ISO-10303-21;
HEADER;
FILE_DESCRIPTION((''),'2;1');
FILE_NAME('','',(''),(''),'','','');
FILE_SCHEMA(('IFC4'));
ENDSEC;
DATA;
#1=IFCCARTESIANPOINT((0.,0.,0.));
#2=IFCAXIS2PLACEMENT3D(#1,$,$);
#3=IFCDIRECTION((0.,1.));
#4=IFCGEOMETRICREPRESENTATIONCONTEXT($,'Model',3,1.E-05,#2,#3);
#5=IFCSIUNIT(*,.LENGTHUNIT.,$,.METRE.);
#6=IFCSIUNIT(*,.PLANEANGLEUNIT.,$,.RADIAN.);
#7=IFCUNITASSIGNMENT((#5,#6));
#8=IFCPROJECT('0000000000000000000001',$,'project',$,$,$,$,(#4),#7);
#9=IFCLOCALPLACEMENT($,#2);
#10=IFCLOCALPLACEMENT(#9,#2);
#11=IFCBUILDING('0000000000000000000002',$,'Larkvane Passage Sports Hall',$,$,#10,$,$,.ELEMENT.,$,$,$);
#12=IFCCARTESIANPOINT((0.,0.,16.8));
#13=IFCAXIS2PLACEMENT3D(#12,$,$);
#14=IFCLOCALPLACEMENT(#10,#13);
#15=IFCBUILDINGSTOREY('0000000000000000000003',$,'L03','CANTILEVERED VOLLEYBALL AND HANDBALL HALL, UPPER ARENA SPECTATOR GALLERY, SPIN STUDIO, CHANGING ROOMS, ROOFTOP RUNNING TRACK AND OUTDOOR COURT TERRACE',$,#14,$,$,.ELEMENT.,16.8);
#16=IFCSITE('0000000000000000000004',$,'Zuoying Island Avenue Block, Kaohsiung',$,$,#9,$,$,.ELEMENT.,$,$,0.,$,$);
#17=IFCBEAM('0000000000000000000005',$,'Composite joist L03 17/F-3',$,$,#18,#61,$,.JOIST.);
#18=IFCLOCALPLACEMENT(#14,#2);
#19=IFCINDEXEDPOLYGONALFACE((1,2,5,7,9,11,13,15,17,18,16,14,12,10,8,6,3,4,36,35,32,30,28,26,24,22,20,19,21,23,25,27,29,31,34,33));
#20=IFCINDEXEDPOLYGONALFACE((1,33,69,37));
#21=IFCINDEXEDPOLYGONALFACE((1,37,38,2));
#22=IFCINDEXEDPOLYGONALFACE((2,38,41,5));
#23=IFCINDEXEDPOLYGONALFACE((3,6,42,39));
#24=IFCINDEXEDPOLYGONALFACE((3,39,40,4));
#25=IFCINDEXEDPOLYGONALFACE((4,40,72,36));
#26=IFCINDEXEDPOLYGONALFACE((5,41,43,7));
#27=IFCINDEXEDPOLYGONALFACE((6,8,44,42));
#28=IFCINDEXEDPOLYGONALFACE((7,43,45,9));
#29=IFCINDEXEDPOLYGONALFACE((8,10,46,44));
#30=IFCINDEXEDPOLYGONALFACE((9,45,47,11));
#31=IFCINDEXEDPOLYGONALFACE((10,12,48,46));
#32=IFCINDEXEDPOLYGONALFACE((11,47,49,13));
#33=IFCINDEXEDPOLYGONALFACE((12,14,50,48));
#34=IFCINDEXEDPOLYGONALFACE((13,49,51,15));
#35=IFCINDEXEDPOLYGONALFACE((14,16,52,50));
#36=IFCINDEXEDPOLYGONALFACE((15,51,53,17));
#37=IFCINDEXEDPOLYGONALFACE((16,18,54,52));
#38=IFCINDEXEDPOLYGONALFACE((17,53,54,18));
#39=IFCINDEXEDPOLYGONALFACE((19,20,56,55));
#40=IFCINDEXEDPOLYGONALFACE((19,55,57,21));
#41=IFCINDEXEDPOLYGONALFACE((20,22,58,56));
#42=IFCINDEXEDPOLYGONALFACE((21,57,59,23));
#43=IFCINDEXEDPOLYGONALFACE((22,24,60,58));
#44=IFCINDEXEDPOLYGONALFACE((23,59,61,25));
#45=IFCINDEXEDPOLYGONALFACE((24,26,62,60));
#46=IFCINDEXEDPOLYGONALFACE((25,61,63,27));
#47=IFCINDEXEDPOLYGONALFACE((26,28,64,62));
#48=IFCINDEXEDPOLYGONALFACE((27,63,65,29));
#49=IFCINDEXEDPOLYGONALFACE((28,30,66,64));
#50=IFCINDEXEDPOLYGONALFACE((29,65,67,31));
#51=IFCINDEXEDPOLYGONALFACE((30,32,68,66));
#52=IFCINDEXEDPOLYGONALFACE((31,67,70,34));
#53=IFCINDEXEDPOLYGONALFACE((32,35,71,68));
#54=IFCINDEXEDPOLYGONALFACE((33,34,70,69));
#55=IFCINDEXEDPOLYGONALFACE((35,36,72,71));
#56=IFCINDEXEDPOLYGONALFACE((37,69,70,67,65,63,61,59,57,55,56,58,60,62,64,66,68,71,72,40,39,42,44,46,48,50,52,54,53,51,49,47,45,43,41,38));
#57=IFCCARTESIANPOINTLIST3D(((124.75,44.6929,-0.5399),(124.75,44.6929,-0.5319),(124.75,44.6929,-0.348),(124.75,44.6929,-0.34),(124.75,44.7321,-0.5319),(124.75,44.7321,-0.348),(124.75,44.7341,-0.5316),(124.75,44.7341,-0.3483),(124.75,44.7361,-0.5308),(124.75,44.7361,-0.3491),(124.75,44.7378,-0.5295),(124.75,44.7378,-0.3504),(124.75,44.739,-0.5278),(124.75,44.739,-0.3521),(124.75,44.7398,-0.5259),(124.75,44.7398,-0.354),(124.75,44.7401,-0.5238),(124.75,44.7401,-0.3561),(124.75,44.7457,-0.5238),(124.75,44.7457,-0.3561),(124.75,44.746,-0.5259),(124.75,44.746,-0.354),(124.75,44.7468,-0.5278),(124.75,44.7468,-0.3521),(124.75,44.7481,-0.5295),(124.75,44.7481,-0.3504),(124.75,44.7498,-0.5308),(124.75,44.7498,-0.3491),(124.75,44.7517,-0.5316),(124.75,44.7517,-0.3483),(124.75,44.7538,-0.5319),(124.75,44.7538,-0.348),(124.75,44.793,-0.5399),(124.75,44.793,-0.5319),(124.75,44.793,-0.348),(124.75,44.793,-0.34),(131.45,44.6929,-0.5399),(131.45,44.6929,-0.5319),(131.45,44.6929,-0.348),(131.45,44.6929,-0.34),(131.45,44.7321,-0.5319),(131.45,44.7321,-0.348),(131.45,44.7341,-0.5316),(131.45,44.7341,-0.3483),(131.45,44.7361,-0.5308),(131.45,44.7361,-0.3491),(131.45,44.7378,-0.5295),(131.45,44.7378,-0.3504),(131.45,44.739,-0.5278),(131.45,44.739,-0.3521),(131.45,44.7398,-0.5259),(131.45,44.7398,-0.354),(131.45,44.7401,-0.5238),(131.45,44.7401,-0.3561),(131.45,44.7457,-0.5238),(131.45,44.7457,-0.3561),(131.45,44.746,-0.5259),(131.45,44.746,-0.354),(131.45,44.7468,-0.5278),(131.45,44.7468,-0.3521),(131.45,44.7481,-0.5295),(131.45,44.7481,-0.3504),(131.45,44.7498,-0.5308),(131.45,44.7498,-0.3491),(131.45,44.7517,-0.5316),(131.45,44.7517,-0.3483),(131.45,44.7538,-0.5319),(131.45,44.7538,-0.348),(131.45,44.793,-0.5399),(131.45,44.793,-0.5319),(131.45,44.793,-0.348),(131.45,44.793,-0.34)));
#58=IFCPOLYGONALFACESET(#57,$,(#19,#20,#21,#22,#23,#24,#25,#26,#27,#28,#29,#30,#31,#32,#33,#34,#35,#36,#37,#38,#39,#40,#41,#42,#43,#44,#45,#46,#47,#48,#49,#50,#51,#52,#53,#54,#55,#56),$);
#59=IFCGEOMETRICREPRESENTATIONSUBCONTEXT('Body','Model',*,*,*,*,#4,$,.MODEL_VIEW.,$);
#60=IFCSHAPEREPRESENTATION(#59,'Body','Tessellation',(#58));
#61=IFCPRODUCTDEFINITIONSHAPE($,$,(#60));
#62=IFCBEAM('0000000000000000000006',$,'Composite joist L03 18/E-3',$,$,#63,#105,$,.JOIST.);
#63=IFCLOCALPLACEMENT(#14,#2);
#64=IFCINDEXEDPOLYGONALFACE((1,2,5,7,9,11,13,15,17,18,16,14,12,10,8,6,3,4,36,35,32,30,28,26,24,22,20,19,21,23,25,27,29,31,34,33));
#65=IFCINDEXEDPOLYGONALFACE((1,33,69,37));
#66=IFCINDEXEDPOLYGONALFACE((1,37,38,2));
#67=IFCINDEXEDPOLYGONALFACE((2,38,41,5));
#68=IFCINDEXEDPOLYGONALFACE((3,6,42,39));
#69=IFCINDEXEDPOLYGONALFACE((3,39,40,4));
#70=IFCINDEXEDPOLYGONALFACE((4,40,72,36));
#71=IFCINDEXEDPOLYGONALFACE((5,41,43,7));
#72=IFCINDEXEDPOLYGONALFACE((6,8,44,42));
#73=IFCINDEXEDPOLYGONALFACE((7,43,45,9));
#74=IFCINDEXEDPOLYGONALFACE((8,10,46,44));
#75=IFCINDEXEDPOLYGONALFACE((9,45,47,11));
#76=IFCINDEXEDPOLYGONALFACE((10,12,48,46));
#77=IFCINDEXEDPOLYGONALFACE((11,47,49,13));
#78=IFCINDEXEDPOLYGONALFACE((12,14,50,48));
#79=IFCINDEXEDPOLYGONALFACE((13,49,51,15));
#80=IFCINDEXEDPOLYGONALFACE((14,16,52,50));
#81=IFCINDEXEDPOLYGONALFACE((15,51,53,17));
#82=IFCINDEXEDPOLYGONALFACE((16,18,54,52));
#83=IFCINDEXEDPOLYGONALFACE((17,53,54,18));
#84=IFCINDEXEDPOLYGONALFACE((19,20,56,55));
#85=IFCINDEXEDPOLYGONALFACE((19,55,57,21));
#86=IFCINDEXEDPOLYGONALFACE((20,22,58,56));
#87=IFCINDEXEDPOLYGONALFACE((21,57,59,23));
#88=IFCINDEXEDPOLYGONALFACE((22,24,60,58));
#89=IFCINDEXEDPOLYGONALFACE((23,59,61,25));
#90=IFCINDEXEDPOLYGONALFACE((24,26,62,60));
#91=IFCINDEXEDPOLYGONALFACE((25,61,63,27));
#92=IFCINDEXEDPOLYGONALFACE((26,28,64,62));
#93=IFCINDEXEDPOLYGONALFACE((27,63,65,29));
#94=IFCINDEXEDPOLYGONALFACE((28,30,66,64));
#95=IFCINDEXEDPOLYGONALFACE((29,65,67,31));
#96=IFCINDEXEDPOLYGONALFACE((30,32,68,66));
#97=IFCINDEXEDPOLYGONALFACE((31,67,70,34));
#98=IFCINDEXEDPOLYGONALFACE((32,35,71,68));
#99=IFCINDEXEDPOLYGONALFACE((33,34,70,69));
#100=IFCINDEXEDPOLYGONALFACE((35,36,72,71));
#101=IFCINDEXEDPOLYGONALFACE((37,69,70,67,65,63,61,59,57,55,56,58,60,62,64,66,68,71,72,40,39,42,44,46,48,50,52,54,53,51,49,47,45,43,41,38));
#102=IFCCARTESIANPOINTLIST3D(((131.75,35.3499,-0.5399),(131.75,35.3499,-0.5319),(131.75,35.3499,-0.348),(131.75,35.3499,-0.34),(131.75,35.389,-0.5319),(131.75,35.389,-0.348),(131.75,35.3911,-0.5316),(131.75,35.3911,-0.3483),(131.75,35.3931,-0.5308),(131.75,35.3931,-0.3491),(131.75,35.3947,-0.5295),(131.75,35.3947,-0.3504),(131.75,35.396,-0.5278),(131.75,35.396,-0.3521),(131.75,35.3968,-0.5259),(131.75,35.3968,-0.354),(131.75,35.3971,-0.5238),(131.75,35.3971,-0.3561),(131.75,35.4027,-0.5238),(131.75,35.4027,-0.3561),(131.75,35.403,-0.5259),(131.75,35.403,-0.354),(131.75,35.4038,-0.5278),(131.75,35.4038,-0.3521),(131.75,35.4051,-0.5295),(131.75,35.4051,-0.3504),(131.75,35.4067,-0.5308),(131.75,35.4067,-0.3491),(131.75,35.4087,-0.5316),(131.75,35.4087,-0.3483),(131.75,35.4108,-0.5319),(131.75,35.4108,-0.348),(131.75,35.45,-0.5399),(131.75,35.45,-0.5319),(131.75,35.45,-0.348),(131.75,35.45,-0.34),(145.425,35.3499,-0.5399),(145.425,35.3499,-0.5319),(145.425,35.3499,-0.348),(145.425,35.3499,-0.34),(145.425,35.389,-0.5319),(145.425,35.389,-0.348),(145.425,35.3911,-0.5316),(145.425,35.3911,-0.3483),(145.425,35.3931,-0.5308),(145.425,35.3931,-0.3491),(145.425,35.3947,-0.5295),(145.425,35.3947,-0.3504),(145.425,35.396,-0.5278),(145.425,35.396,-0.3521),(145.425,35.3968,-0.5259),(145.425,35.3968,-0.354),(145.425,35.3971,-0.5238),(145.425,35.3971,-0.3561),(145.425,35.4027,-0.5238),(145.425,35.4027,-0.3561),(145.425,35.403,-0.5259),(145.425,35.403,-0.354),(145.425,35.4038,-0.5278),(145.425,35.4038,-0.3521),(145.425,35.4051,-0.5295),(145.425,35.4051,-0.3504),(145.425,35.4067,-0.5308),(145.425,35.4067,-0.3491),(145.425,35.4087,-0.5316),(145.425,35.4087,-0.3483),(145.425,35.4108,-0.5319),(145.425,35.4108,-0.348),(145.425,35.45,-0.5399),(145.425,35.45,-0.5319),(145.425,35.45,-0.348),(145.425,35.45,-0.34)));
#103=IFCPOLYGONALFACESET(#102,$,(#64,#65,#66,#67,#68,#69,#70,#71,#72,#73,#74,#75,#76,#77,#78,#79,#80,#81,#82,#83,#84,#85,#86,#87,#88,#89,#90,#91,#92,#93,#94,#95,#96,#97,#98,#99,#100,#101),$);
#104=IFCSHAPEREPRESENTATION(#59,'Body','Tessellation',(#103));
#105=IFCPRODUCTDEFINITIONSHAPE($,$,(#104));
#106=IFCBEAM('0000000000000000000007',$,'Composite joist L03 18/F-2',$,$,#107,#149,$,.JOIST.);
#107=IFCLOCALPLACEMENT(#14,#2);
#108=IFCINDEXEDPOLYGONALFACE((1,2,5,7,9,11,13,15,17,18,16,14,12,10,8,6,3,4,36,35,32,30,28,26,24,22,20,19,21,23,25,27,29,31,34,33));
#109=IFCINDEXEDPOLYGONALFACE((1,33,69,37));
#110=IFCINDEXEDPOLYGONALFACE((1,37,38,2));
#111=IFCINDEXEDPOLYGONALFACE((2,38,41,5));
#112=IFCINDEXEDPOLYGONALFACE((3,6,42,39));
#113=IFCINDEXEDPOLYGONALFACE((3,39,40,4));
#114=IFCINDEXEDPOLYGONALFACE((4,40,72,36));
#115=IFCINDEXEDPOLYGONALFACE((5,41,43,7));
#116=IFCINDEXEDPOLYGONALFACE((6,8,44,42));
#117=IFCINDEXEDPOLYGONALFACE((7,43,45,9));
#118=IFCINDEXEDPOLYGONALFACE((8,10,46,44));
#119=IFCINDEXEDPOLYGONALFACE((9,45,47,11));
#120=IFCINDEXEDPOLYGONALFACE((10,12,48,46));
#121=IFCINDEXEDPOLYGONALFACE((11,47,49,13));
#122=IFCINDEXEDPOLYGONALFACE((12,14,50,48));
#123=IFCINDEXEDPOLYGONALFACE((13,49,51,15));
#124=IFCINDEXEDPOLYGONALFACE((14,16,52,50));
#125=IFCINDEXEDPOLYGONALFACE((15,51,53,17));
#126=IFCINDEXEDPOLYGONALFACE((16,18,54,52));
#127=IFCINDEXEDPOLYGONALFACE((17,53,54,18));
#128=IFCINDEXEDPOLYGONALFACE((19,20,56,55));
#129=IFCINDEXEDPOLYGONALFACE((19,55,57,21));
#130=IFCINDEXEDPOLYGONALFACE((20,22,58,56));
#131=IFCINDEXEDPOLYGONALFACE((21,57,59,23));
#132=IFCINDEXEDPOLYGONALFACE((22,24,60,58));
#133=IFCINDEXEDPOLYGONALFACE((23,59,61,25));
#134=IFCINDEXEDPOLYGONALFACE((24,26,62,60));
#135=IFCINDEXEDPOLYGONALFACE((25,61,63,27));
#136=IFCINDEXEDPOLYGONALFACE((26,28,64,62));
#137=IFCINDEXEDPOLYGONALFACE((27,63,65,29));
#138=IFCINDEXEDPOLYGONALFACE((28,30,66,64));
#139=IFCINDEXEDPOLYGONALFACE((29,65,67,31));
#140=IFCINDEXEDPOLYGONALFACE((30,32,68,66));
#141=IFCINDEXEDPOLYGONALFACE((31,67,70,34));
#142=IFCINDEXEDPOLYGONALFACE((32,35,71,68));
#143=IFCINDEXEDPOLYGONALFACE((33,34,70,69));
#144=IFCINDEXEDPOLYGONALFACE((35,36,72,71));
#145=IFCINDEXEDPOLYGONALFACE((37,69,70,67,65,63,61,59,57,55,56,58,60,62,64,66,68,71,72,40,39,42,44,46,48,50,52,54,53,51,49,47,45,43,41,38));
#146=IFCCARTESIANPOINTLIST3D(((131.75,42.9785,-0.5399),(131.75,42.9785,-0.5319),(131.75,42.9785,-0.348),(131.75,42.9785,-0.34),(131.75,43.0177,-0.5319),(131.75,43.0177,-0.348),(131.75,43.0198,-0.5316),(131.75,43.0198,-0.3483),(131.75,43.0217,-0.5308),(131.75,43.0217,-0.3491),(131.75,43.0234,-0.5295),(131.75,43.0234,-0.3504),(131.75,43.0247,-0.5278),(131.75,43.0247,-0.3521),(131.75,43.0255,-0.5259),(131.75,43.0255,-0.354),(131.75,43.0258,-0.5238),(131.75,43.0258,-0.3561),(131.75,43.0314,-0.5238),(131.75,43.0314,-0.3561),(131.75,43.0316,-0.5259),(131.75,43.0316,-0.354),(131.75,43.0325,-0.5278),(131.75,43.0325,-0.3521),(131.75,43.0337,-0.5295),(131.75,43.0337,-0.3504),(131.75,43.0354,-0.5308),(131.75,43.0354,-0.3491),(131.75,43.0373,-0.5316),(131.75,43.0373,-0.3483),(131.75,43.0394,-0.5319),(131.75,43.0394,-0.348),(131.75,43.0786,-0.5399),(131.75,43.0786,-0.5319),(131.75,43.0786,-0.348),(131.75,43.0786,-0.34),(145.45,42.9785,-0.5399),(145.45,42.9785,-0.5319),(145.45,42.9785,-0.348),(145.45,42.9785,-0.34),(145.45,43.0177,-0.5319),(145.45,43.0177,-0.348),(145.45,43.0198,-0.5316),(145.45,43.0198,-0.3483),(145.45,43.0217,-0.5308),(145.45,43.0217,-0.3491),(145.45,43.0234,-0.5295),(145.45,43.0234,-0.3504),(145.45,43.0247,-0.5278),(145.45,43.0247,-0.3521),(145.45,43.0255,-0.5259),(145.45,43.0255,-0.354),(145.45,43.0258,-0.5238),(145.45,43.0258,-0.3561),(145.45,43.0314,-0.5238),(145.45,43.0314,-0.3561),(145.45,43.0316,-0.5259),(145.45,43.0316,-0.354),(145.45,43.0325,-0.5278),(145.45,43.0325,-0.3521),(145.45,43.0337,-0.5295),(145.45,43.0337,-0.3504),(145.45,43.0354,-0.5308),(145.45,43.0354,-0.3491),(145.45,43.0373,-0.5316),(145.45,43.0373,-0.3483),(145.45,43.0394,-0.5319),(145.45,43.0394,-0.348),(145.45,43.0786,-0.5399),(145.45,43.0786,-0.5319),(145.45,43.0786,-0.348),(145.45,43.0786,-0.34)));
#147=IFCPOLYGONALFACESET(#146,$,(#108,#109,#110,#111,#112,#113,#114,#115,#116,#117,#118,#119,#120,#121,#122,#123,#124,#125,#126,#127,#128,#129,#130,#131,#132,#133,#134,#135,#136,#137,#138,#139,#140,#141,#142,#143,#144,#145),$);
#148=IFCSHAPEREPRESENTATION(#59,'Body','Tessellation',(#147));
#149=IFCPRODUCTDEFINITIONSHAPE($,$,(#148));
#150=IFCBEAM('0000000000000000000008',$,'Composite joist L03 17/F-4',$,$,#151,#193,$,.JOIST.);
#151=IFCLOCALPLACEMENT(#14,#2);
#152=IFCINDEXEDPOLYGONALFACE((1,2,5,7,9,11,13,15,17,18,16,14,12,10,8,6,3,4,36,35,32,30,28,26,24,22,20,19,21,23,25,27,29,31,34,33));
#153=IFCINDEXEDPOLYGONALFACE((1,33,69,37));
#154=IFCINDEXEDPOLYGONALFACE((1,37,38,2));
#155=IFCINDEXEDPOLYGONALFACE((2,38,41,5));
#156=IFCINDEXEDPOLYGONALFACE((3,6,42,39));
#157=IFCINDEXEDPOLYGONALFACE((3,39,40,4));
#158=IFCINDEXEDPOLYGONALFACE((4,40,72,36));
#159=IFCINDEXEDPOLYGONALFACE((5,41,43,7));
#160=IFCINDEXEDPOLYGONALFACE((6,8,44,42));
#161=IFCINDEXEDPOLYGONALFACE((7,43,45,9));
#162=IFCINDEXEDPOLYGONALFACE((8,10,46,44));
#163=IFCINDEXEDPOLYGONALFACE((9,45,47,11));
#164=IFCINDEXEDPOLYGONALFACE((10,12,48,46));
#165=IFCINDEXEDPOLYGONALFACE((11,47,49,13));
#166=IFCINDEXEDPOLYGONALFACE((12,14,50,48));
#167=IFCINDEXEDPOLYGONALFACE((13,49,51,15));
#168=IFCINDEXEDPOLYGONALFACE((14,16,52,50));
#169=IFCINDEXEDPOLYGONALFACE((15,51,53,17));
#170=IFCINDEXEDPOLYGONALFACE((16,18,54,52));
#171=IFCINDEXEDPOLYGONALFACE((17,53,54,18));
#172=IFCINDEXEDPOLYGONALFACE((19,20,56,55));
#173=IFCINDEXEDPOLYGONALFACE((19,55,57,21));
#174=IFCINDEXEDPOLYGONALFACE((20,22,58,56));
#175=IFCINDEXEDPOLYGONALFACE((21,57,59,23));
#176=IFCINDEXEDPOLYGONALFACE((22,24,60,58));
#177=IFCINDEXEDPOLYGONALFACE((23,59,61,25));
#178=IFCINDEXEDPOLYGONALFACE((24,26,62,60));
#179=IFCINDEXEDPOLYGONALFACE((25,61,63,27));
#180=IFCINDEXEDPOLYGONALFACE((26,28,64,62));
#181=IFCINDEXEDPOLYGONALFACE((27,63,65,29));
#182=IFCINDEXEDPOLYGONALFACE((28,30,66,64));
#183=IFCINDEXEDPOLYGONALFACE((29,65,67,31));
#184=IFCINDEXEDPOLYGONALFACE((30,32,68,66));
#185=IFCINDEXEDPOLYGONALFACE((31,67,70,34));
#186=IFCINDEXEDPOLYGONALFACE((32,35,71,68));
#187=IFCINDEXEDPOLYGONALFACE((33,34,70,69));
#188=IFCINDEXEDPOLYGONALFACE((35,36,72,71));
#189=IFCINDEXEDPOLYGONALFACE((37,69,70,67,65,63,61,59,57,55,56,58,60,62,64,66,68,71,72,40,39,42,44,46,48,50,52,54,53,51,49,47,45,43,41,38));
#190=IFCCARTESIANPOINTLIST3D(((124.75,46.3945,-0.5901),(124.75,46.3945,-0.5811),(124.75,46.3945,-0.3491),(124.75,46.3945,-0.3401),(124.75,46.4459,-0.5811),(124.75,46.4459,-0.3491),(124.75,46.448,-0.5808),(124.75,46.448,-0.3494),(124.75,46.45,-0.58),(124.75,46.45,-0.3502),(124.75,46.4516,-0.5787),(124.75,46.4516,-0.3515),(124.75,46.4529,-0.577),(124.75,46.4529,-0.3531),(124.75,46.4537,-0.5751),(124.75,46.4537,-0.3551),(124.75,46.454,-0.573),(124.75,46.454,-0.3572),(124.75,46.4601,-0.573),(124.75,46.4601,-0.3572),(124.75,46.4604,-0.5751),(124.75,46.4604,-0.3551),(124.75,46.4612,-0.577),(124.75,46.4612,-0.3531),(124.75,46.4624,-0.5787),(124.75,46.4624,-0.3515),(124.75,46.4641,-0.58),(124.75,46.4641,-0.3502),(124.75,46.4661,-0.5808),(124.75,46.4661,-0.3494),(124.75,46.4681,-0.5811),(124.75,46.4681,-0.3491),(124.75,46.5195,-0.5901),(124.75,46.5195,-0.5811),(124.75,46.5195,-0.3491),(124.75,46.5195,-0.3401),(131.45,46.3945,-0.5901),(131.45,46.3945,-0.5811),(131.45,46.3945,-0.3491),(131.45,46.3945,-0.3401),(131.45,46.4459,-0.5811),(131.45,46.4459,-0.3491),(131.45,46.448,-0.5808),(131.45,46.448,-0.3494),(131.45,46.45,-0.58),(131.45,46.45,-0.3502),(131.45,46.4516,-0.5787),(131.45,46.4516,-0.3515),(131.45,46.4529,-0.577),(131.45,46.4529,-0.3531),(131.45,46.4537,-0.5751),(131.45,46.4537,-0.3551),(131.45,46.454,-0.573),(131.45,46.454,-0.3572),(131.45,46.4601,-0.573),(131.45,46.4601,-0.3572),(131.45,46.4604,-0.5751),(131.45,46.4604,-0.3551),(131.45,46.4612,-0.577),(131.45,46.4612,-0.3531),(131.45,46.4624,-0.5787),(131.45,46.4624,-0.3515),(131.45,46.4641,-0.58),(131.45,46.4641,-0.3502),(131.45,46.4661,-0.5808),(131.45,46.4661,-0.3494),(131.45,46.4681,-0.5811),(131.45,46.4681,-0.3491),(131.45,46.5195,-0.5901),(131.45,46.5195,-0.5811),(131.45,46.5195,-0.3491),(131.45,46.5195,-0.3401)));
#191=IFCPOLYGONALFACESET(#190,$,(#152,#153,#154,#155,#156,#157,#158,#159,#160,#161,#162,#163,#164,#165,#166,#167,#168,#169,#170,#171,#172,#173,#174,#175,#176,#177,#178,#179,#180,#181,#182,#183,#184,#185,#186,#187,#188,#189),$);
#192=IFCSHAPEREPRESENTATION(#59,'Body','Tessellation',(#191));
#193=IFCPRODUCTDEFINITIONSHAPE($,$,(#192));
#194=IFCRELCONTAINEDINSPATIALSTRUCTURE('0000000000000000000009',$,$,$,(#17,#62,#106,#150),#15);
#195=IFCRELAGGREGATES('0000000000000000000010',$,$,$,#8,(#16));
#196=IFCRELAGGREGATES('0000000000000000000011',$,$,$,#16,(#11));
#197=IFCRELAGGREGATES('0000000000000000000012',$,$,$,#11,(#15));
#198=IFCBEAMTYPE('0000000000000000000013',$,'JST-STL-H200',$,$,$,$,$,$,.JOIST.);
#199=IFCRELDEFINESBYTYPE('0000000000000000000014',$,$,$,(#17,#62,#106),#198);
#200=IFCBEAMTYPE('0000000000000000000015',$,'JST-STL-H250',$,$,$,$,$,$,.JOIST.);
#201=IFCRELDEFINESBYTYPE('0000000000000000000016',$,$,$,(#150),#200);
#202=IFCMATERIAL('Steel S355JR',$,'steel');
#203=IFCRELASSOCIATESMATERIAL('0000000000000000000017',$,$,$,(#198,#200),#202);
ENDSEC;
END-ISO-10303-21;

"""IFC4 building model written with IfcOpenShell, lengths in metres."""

from ifc_helpers import new_model, si_unit, direction, frame, origin, origin_2d, place, context, subcontext, project, spatial, i_section, extrude, material, material_profile, profile_set, type_object, element, save


model = new_model("IFC4")

# Units and contexts
model_context = context("Model", 3, precision=1e-05, world=origin(), true_north=direction((0.0, 1.0)))
body_context = subcontext(model_context, "Body", "Model", "MODEL_VIEW")
ifc_project = project(units=[si_unit("LENGTHUNIT", "METRE"), si_unit("PLANEANGLEUNIT", "RADIAN")], contexts=[model_context])

# Site, building, storey
site_placement = place(None, origin())
site = spatial("IfcSite", under=ifc_project, at=site_placement, Name="Zuoying Island Avenue Block, Kaohsiung", CompositionType="ELEMENT", RefElevation=0.0)
building_placement = place(site_placement, origin())
building = spatial("IfcBuilding", under=site, at=building_placement, Name="Larkvane Passage Sports Hall", CompositionType="ELEMENT")
storey_placement = place(building_placement, frame((0.0, 0.0, 16.8)))
storey = spatial("IfcBuildingStorey", under=building, at=storey_placement, Name="L03", Description="CANTILEVERED VOLLEYBALL AND HANDBALL HALL, UPPER ARENA SPECTATOR GALLERY, SPIN STUDIO, CHANGING ROOMS, ROOFTOP RUNNING TRACK AND OUTDOOR COURT TERRACE", CompositionType="ELEMENT", Elevation=16.8)

# Beams
ifc_material_1 = material(Name="Steel S355JR", Category="steel")
ifc_material_profile_1 = material_profile(ifc_material_1, i_section(OverallWidth=0.1001, OverallDepth=0.2, WebThickness=0.0056, FlangeThickness=0.0081, FilletRadius=0.0081, at=origin_2d()), Name="H-200x100x5.5x8")
ifc_profile_set_1 = profile_set([ifc_material_profile_1], Name="Steel S355JR")
beam_type_1 = type_object("IfcBeamType", Name="JST-STL-H200", PredefinedType="JOIST", material=ifc_profile_set_1)
beam_1_placement = place(storey_placement, frame((124.75, 44.7429, -0.4399), z_axis=(1.0, 0.0, 0.0), x_axis=(0.0, 1.0, 0.0)))
element("IfcBeam", 1, at=beam_1_placement, inside=storey, type_object=beam_type_1, Name="Composite joist L03 17/F-3", PredefinedType="JOIST", context=body_context, shape_type="SweptSolid", body=[
    extrude(i_section(OverallWidth=0.1001, OverallDepth=0.2, WebThickness=0.0056, FlangeThickness=0.0081, FilletRadius=0.0081, at=origin_2d()), origin(), (0.0, 0.0, 1.0), 6.7),
])
beam_2_placement = place(storey_placement, frame((131.75, 35.3999, -0.4399), z_axis=(1.0, 0.0, 0.0), x_axis=(0.0, 1.0, 0.0)))
element("IfcBeam", 2, at=beam_2_placement, inside=storey, type_object=beam_type_1, Name="Composite joist L03 18/E-3", PredefinedType="JOIST", context=body_context, shape_type="SweptSolid", body=[
    extrude(i_section(OverallWidth=0.1001, OverallDepth=0.2, WebThickness=0.0056, FlangeThickness=0.0081, FilletRadius=0.0081, at=origin_2d()), origin(), (0.0, 0.0, 1.0), 13.675),
])
beam_3_placement = place(storey_placement, frame((131.75, 43.0286, -0.4399), z_axis=(1.0, 0.0, 0.0), x_axis=(0.0, 1.0, 0.0)))
element("IfcBeam", 3, at=beam_3_placement, inside=storey, type_object=beam_type_1, Name="Composite joist L03 18/F-2", PredefinedType="JOIST", context=body_context, shape_type="SweptSolid", body=[
    extrude(i_section(OverallWidth=0.1001, OverallDepth=0.2, WebThickness=0.0056, FlangeThickness=0.0081, FilletRadius=0.0081, at=origin_2d()), origin(), (0.0, 0.0, 1.0), 13.7),
])
ifc_material_profile_2 = material_profile(ifc_material_1, i_section(OverallWidth=0.125, OverallDepth=0.25, WebThickness=0.0061, FlangeThickness=0.009, FilletRadius=0.0081, at=origin_2d()), Name="H-250x125x6x9")
ifc_profile_set_2 = profile_set([ifc_material_profile_2], Name="Steel S355JR")
beam_type_2 = type_object("IfcBeamType", Name="JST-STL-H250", PredefinedType="JOIST", material=ifc_profile_set_2)
beam_4_placement = place(storey_placement, frame((124.75, 46.457, -0.4651), z_axis=(1.0, 0.0, 0.0), x_axis=(0.0, 1.0, 0.0)))
element("IfcBeam", 4, at=beam_4_placement, inside=storey, type_object=beam_type_2, Name="Composite joist L03 17/F-4", PredefinedType="JOIST", context=body_context, shape_type="SweptSolid", body=[
    extrude(i_section(OverallWidth=0.125, OverallDepth=0.25, WebThickness=0.0061, FlangeThickness=0.009, FilletRadius=0.0081, at=origin_2d()), origin(), (0.0, 0.0, 1.0), 6.7),
])

save(model, "model.ifc")
